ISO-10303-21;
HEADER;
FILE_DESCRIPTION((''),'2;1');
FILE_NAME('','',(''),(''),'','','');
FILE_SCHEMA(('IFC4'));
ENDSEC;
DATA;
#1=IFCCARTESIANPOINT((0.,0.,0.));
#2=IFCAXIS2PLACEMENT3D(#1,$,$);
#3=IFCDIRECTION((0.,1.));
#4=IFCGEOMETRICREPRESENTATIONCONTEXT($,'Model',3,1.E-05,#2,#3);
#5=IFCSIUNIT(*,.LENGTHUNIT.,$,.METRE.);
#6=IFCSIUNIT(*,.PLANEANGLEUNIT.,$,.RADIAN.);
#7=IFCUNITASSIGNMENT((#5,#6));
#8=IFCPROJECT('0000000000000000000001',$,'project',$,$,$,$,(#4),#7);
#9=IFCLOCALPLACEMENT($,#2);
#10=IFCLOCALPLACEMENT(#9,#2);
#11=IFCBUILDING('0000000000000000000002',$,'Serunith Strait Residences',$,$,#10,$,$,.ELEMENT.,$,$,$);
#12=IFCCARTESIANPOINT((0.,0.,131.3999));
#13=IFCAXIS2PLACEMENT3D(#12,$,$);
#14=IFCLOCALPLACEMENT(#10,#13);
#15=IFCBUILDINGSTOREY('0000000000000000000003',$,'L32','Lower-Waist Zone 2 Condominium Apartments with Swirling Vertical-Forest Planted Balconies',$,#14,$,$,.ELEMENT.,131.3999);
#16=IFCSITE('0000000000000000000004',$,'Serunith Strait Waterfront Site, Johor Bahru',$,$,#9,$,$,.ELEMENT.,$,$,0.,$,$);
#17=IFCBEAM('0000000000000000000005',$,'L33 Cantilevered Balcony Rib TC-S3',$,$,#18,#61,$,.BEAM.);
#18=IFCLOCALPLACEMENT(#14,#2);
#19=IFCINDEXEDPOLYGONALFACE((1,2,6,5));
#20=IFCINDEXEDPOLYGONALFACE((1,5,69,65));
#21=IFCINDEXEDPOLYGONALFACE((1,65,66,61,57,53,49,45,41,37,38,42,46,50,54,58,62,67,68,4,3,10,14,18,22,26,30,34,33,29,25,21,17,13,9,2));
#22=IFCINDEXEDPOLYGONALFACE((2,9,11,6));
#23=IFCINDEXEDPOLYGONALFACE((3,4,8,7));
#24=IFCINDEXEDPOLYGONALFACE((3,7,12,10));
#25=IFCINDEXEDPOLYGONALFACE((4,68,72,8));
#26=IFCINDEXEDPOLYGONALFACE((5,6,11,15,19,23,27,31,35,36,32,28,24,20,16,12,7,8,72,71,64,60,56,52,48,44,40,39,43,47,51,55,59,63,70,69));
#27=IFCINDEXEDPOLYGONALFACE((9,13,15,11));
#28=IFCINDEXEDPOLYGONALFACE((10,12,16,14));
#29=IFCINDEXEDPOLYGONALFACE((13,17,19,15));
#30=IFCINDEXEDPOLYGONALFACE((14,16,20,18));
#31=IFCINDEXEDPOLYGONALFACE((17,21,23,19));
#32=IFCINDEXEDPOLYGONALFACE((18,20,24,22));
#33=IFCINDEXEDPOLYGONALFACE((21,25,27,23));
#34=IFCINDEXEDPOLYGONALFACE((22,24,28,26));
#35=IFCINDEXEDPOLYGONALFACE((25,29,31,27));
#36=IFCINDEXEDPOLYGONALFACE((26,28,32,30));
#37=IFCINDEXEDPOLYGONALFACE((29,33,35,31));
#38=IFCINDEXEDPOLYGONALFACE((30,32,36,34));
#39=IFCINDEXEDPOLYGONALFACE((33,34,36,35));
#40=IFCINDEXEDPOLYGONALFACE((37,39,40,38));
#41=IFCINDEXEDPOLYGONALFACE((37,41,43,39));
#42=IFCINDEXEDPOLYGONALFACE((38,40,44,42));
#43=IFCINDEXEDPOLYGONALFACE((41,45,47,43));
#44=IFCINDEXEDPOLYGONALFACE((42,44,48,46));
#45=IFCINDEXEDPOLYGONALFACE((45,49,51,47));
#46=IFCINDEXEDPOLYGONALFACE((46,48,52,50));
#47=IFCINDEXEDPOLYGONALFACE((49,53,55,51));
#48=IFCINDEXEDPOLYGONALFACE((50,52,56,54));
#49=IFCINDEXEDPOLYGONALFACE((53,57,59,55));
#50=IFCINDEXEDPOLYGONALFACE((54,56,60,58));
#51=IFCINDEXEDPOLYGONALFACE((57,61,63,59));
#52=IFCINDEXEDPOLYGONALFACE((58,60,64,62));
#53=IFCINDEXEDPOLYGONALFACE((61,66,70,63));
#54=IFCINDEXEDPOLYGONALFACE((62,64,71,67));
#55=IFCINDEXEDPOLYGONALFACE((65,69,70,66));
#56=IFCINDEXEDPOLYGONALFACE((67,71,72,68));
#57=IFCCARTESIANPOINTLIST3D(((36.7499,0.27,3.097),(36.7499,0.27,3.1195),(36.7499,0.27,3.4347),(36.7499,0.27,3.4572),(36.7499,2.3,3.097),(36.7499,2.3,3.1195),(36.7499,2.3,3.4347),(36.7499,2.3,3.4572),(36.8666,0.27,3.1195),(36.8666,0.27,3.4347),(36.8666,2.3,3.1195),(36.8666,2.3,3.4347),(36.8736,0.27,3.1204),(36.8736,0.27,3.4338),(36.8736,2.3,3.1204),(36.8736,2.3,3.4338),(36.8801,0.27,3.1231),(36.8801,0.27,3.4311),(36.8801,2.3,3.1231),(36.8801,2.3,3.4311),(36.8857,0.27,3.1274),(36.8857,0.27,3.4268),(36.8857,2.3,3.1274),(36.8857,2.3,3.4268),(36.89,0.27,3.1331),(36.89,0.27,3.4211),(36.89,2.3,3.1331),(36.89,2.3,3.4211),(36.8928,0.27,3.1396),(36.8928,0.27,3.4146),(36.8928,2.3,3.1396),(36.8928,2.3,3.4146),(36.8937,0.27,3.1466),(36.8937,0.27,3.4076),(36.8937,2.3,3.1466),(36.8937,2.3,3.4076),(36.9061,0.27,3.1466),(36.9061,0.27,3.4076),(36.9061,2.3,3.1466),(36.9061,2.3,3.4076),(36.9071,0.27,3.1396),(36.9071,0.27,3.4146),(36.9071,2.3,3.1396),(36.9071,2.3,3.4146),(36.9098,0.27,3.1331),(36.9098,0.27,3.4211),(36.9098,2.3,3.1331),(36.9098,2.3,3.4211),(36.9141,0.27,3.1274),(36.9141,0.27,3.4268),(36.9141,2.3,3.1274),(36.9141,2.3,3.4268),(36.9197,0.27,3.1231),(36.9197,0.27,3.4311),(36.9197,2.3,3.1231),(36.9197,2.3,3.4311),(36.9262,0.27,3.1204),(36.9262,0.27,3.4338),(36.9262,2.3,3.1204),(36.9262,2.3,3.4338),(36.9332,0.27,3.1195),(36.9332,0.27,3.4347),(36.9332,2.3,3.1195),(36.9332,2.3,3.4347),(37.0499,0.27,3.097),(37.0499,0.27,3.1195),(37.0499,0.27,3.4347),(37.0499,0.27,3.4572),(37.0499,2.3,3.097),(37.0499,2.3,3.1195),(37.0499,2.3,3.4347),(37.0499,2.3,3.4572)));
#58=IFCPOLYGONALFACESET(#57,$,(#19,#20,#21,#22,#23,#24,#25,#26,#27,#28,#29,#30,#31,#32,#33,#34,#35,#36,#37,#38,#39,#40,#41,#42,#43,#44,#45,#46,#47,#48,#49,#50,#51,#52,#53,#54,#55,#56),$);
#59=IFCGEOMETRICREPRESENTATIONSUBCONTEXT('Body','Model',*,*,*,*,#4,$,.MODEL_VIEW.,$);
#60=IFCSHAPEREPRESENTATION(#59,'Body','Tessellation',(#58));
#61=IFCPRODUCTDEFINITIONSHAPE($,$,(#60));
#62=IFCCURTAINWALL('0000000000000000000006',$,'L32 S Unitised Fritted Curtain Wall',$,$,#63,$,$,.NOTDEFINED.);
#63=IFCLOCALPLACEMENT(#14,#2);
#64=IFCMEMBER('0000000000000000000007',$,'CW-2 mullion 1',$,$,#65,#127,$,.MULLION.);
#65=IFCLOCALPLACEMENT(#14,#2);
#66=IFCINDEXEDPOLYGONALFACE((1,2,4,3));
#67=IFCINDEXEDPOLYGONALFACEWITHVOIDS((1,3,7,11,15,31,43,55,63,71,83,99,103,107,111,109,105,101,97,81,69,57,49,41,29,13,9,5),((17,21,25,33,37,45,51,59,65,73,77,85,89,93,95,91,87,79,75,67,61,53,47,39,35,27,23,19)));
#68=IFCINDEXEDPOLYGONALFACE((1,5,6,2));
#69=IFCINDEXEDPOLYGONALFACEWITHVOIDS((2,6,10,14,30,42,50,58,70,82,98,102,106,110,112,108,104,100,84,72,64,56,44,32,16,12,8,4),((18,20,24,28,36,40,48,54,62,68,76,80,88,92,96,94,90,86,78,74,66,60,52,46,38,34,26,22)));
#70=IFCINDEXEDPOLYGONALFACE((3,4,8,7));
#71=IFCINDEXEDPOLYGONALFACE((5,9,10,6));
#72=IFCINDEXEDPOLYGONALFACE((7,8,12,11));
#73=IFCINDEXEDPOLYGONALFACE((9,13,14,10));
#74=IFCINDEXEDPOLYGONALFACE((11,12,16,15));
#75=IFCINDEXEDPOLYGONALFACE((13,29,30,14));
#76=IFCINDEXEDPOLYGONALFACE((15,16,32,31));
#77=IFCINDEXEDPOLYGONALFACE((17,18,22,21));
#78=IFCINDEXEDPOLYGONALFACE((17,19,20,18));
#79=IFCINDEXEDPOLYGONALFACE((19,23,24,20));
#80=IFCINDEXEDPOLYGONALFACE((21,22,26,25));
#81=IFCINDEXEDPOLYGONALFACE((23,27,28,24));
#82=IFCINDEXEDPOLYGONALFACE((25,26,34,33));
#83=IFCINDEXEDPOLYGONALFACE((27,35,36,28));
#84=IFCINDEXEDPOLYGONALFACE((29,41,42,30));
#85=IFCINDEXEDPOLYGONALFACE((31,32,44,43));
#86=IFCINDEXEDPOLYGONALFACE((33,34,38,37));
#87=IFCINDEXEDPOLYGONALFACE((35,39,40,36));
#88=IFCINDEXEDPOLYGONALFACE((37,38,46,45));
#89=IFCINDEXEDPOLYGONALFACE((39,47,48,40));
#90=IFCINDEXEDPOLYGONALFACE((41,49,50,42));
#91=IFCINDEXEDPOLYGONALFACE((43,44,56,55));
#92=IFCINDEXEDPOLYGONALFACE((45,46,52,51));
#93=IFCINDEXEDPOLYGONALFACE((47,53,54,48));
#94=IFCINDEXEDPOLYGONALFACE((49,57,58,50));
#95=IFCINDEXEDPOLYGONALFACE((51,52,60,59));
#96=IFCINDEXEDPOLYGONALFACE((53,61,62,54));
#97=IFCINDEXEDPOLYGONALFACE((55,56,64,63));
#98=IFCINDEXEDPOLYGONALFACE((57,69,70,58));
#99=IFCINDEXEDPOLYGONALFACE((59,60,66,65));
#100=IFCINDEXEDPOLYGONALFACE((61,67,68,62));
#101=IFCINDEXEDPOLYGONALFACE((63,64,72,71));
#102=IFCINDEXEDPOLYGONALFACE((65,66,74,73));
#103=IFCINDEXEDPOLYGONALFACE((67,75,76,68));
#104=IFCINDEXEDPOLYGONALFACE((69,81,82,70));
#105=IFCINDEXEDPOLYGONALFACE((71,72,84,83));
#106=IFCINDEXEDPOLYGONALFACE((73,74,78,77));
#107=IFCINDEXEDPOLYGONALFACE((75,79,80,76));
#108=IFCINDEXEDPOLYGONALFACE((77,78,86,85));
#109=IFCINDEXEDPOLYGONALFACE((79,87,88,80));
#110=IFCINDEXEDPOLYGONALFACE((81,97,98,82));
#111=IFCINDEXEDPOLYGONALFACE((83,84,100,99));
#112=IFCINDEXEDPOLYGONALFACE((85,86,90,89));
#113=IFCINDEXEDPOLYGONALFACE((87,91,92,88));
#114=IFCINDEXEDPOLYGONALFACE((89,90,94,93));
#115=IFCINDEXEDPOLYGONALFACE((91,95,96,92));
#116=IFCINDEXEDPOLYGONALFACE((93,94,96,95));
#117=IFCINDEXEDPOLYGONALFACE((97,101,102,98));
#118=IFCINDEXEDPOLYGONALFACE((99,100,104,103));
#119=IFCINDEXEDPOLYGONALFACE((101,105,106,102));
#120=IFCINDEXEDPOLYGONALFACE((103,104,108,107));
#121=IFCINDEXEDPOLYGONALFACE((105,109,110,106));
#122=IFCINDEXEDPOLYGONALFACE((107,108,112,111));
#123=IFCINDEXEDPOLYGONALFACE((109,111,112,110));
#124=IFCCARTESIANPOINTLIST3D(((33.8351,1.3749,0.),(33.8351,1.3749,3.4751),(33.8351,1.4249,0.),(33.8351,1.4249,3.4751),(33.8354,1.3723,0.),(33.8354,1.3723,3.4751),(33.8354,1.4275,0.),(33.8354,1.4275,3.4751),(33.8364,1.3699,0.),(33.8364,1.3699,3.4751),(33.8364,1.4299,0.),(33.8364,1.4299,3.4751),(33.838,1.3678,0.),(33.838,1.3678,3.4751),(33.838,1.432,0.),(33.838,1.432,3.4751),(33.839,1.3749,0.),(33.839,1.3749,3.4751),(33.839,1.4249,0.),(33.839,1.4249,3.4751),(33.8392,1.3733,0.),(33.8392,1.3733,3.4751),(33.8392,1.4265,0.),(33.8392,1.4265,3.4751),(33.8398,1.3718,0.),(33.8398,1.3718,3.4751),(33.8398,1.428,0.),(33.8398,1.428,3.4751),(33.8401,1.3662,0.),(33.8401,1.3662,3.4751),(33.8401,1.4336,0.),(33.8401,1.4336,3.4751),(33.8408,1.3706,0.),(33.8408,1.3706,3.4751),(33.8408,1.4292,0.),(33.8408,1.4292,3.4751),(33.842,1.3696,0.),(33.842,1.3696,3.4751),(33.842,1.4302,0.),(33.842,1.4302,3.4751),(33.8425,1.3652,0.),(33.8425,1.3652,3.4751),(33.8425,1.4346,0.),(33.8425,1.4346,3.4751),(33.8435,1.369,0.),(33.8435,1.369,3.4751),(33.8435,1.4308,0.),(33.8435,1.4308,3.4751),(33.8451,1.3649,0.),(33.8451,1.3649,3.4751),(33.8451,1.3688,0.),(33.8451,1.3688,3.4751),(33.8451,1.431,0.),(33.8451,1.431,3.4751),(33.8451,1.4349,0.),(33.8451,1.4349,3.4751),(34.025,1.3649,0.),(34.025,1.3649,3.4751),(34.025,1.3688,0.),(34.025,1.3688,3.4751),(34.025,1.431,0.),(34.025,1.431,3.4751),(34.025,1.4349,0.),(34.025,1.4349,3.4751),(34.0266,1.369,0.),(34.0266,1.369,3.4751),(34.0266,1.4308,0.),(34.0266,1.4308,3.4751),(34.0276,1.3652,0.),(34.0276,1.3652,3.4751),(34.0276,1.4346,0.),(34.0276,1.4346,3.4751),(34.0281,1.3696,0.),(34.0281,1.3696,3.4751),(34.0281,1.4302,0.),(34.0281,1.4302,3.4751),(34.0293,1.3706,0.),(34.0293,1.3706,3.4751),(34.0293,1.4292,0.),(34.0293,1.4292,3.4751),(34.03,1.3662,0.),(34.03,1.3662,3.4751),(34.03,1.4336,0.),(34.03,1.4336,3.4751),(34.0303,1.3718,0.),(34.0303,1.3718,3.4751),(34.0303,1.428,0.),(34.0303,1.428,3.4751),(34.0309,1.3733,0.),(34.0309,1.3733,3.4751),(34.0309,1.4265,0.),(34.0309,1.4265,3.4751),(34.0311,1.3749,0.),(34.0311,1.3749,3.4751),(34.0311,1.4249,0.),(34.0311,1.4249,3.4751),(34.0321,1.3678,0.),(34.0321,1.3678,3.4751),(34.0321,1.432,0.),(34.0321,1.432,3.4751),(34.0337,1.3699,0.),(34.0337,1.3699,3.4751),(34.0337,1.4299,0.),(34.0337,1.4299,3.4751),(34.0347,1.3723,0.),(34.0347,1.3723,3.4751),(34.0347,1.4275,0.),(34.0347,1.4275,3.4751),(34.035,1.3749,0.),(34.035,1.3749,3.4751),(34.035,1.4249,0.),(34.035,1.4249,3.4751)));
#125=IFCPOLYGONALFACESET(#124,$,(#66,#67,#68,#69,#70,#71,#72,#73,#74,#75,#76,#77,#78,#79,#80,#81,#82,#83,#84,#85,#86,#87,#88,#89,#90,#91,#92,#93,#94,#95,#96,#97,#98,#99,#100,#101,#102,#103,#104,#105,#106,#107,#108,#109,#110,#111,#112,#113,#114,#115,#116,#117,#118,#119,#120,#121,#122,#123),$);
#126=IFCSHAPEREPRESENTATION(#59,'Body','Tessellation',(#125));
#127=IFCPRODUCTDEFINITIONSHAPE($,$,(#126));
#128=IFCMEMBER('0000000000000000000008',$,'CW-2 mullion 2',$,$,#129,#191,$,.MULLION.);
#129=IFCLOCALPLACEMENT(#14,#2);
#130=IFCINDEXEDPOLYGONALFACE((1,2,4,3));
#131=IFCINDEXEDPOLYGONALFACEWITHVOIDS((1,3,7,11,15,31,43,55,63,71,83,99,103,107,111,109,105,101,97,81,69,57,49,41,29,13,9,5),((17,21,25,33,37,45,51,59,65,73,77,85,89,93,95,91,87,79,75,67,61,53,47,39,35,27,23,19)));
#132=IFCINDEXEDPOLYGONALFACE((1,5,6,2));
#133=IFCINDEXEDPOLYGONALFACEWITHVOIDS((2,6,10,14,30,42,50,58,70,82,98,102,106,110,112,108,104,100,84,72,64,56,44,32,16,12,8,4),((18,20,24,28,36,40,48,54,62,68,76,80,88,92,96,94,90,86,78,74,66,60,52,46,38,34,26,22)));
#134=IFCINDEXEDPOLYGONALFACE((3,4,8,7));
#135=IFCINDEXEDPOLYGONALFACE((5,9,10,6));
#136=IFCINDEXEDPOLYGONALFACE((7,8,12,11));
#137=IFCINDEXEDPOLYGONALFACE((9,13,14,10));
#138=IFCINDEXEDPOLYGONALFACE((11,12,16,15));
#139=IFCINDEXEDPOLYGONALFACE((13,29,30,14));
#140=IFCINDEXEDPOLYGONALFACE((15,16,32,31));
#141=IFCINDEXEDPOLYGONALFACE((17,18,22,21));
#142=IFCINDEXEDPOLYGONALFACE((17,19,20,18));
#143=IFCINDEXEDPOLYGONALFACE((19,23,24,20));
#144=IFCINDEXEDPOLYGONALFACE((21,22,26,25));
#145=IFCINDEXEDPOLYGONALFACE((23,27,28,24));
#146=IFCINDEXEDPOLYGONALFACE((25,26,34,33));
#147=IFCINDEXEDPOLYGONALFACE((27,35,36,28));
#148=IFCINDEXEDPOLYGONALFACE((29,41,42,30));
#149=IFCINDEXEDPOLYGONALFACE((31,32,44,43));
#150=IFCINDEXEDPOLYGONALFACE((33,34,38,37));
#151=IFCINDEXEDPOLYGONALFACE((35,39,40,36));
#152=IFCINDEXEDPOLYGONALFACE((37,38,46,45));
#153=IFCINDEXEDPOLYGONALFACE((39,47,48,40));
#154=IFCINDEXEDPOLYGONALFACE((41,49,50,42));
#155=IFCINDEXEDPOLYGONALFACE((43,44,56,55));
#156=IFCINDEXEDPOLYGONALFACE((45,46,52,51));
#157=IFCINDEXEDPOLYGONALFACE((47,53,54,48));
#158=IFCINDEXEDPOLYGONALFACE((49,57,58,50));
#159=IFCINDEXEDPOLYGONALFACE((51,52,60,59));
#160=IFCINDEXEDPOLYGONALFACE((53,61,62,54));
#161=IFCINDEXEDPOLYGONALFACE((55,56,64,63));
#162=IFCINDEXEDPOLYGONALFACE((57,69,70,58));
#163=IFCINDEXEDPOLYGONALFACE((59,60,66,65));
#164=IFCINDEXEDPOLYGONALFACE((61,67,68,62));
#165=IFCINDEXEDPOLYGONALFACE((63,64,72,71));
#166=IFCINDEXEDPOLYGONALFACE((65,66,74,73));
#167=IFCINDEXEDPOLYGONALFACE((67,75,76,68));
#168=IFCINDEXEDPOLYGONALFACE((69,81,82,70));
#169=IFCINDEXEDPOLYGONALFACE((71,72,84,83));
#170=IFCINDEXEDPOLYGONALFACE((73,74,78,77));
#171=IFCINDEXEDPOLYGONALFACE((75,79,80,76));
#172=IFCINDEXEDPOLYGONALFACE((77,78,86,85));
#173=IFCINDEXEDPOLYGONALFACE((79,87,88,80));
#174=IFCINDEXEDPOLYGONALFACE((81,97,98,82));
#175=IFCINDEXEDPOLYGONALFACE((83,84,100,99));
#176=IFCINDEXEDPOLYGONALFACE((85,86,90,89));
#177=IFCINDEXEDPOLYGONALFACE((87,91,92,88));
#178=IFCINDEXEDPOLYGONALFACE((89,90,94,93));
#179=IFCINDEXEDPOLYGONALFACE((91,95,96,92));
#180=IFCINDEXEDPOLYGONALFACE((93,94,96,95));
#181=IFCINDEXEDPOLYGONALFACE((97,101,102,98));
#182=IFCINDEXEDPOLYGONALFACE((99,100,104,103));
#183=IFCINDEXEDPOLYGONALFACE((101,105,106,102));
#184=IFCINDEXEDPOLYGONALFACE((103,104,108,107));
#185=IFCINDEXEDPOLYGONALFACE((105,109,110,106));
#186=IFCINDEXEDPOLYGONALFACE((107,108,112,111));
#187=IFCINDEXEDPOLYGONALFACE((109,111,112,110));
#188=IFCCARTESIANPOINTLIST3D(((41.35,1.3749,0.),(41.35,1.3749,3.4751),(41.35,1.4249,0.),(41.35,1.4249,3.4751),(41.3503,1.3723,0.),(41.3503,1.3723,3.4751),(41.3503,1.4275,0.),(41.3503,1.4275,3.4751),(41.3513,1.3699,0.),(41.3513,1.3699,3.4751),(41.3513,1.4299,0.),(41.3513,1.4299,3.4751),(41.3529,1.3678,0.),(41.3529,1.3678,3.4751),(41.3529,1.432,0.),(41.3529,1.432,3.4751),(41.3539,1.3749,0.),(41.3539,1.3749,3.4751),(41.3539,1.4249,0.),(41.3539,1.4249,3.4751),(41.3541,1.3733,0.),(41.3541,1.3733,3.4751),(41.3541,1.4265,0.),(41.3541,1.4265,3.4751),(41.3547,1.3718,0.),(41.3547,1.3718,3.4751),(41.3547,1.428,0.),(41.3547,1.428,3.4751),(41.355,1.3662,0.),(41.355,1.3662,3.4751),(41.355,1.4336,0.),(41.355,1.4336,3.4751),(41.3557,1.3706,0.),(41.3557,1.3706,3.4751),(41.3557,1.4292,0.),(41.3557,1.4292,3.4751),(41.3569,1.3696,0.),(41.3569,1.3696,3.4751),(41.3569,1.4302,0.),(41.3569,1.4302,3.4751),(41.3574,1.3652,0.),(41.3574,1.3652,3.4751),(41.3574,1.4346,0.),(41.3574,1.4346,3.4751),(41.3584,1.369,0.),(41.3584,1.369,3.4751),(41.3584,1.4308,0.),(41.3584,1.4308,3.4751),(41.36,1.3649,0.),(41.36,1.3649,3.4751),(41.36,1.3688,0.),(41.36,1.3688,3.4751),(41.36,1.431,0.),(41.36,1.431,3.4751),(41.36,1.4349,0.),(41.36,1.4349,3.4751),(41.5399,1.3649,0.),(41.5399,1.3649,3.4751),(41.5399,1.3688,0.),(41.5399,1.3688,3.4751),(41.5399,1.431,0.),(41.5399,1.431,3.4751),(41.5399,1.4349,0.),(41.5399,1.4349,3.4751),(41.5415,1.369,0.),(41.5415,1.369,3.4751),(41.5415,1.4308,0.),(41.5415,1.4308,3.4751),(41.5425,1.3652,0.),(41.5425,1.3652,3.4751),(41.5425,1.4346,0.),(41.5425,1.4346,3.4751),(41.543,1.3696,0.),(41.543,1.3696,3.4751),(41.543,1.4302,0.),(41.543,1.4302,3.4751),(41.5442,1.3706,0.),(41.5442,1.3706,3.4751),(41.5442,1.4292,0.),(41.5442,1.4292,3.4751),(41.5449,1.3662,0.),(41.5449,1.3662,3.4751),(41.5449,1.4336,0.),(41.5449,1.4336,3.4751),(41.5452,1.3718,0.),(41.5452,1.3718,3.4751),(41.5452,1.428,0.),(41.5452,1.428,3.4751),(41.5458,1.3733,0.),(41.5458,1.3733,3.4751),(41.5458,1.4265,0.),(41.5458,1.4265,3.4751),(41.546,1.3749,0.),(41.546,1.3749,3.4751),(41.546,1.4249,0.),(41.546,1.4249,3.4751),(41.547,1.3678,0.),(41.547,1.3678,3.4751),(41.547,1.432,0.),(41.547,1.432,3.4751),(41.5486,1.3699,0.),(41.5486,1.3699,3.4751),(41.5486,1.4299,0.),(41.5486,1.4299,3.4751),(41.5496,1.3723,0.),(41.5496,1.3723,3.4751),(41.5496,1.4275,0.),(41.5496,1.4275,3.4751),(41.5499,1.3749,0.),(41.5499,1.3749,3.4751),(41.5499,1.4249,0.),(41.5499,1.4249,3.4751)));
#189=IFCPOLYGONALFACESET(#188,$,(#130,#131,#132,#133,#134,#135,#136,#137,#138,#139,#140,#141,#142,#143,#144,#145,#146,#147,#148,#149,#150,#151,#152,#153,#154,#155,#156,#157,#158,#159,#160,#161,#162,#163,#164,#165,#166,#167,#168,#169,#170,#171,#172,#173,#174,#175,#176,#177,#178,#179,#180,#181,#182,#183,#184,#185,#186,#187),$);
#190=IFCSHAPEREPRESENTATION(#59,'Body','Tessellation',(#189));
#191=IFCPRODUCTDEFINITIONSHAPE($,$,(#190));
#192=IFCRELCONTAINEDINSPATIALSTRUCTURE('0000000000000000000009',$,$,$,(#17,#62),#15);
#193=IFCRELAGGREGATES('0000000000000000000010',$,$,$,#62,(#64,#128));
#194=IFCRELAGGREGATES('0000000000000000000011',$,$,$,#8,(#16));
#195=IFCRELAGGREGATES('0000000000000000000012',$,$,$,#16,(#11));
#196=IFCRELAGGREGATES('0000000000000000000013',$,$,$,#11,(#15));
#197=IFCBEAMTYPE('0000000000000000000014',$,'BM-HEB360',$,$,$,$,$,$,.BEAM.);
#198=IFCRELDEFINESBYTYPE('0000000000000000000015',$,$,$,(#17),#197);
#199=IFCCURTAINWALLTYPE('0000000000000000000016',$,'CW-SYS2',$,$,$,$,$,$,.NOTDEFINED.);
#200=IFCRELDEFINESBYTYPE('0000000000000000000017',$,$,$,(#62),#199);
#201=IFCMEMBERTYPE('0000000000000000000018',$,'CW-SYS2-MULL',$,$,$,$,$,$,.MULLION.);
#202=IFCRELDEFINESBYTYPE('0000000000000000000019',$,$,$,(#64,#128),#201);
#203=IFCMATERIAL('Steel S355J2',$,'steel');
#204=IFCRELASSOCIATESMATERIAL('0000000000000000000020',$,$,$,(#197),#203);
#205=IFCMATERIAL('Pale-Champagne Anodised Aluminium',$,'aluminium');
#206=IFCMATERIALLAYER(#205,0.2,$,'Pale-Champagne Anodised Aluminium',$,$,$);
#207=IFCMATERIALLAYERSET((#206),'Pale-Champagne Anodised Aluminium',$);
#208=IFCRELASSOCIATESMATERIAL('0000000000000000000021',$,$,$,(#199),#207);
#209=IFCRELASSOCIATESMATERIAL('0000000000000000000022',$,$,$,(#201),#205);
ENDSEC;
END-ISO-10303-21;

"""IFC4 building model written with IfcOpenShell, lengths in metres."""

from ifc_helpers import new_model, si_unit, direction, frame, origin, origin_2d, place, context, subcontext, project, spatial, hollow_rectangle, i_section, extrude, source, transform, mapped, material, layer, layer_set, material_profile, profile_set, type_object, element, aggregate, save


model = new_model("IFC4")

# Units and contexts
model_context = context("Model", 3, precision=1e-05, world=origin(), true_north=direction((0.0, 1.0)))
body_context = subcontext(model_context, "Body", "Model", "MODEL_VIEW")
ifc_project = project(units=[si_unit("LENGTHUNIT", "METRE"), si_unit("PLANEANGLEUNIT", "RADIAN")], contexts=[model_context])

# Site, building, storey
site_placement = place(None, origin())
site = spatial("IfcSite", under=ifc_project, at=site_placement, Name="Serunith Strait Waterfront Site, Johor Bahru", CompositionType="ELEMENT", RefElevation=0.0)
building_placement = place(site_placement, origin())
building = spatial("IfcBuilding", under=site, at=building_placement, Name="Serunith Strait Residences", CompositionType="ELEMENT")
storey_placement = place(building_placement, frame((0.0, 0.0, 131.3999)))
storey = spatial("IfcBuildingStorey", under=building, at=storey_placement, Name="L32", Description="Lower-Waist Zone 2 Condominium Apartments with Swirling Vertical-Forest Planted Balconies", CompositionType="ELEMENT", Elevation=131.3999)

# Beam
ifc_material_1 = material(Name="Steel S355J2", Category="steel")
ifc_material_profile_1 = material_profile(ifc_material_1, i_section(OverallWidth=0.3, OverallDepth=0.3601, WebThickness=0.0125, FlangeThickness=0.0225, FilletRadius=0.0271, at=origin_2d()), Name="HEB 360")
ifc_profile_set_1 = profile_set([ifc_material_profile_1], Name="Steel S355J2")
beam_type_1 = type_object("IfcBeamType", Name="BM-HEB360", PredefinedType="BEAM", material=ifc_profile_set_1)
shared_shape_1 = source(origin(), body_context, "Body", "SweptSolid", [
    extrude(i_section(OverallWidth=0.3, OverallDepth=0.3601, WebThickness=0.0125, FlangeThickness=0.0225, FilletRadius=0.0271, at=origin_2d()), origin(), (0.0, 0.0, 1.0), 2.03),
])
beam_1_placement = place(storey_placement, frame((36.8999, 2.3, 3.2771), z_axis=(0.0, -1.0, 0.0), x_axis=(1.0, 0.0, 0.0)))
element("IfcBeam", 1, at=beam_1_placement, inside=storey, type_object=beam_type_1, Name="L33 Cantilevered Balcony Rib TC-S3", PredefinedType="BEAM", context=body_context, shape_type="MappedRepresentation", body=[
    mapped(shared_shape_1, transform((0.0, 0.0, 0.0), scale=1.0)),
])

# Curtain wall, members
ifc_material_2 = material(Name="Pale-Champagne Anodised Aluminium", Category="aluminium")
ifc_layer_1 = layer(ifc_material_2, 0.2, Name="Pale-Champagne Anodised Aluminium")
ifc_layer_set_1 = layer_set([ifc_layer_1], Name="Pale-Champagne Anodised Aluminium")
curtain_wall_type = type_object("IfcCurtainWallType", Name="CW-SYS2", PredefinedType="NOTDEFINED", material=ifc_layer_set_1)
curtain_wall_placement = place(storey_placement, origin())
curtain_wall = element("IfcCurtainWall", 2, at=curtain_wall_placement, inside=storey, type_object=curtain_wall_type, Name="L32 S Unitised Fritted Curtain Wall", PredefinedType="NOTDEFINED")
ifc_material_profile_2 = material_profile(ifc_material_2, hollow_rectangle(XDim=0.0701, YDim=0.2, WallThickness=0.0039, InnerFilletRadius=0.0061, OuterFilletRadius=0.01, at=origin_2d()), Name="ALU 200x70x4")
ifc_profile_set_2 = profile_set([ifc_material_profile_2], Name="Pale-Champagne Anodised Aluminium")
member_type_1 = type_object("IfcMemberType", Name="CW-SYS2-MULL", PredefinedType="MULLION", material=ifc_profile_set_2)
shared_shape_2 = source(origin(), body_context, "Body", "SweptSolid", [
    extrude(hollow_rectangle(XDim=0.0701, YDim=0.2, WallThickness=0.0039, InnerFilletRadius=0.0061, OuterFilletRadius=0.01, at=origin_2d()), origin(), (0.0, 0.0, 1.0), 3.4751),
])
member_1_placement = place(storey_placement, frame((33.9351, 1.3999, 0.0), z_axis=(0.0, 0.0, 1.0), x_axis=(0.0, 1.0, 0.0)))
member_1 = element("IfcMember", 3, at=member_1_placement, type_object=member_type_1, Name="CW-2 mullion 1", PredefinedType="MULLION", context=body_context, shape_type="MappedRepresentation", body=[
    mapped(shared_shape_2, transform((0.0, 0.0, 0.0), scale=1.0)),
])
member_2_placement = place(storey_placement, frame((41.45, 1.3999, 0.0), z_axis=(0.0, 0.0, 1.0), x_axis=(0.0, 1.0, 0.0)))
member_2 = element("IfcMember", 4, at=member_2_placement, type_object=member_type_1, Name="CW-2 mullion 2", PredefinedType="MULLION", context=body_context, shape_type="MappedRepresentation", body=[
    mapped(shared_shape_2, transform((0.0, 0.0, 0.0), scale=1.0)),
])
aggregate(curtain_wall, [member_1, member_2])

save(model, "model.ifc")
